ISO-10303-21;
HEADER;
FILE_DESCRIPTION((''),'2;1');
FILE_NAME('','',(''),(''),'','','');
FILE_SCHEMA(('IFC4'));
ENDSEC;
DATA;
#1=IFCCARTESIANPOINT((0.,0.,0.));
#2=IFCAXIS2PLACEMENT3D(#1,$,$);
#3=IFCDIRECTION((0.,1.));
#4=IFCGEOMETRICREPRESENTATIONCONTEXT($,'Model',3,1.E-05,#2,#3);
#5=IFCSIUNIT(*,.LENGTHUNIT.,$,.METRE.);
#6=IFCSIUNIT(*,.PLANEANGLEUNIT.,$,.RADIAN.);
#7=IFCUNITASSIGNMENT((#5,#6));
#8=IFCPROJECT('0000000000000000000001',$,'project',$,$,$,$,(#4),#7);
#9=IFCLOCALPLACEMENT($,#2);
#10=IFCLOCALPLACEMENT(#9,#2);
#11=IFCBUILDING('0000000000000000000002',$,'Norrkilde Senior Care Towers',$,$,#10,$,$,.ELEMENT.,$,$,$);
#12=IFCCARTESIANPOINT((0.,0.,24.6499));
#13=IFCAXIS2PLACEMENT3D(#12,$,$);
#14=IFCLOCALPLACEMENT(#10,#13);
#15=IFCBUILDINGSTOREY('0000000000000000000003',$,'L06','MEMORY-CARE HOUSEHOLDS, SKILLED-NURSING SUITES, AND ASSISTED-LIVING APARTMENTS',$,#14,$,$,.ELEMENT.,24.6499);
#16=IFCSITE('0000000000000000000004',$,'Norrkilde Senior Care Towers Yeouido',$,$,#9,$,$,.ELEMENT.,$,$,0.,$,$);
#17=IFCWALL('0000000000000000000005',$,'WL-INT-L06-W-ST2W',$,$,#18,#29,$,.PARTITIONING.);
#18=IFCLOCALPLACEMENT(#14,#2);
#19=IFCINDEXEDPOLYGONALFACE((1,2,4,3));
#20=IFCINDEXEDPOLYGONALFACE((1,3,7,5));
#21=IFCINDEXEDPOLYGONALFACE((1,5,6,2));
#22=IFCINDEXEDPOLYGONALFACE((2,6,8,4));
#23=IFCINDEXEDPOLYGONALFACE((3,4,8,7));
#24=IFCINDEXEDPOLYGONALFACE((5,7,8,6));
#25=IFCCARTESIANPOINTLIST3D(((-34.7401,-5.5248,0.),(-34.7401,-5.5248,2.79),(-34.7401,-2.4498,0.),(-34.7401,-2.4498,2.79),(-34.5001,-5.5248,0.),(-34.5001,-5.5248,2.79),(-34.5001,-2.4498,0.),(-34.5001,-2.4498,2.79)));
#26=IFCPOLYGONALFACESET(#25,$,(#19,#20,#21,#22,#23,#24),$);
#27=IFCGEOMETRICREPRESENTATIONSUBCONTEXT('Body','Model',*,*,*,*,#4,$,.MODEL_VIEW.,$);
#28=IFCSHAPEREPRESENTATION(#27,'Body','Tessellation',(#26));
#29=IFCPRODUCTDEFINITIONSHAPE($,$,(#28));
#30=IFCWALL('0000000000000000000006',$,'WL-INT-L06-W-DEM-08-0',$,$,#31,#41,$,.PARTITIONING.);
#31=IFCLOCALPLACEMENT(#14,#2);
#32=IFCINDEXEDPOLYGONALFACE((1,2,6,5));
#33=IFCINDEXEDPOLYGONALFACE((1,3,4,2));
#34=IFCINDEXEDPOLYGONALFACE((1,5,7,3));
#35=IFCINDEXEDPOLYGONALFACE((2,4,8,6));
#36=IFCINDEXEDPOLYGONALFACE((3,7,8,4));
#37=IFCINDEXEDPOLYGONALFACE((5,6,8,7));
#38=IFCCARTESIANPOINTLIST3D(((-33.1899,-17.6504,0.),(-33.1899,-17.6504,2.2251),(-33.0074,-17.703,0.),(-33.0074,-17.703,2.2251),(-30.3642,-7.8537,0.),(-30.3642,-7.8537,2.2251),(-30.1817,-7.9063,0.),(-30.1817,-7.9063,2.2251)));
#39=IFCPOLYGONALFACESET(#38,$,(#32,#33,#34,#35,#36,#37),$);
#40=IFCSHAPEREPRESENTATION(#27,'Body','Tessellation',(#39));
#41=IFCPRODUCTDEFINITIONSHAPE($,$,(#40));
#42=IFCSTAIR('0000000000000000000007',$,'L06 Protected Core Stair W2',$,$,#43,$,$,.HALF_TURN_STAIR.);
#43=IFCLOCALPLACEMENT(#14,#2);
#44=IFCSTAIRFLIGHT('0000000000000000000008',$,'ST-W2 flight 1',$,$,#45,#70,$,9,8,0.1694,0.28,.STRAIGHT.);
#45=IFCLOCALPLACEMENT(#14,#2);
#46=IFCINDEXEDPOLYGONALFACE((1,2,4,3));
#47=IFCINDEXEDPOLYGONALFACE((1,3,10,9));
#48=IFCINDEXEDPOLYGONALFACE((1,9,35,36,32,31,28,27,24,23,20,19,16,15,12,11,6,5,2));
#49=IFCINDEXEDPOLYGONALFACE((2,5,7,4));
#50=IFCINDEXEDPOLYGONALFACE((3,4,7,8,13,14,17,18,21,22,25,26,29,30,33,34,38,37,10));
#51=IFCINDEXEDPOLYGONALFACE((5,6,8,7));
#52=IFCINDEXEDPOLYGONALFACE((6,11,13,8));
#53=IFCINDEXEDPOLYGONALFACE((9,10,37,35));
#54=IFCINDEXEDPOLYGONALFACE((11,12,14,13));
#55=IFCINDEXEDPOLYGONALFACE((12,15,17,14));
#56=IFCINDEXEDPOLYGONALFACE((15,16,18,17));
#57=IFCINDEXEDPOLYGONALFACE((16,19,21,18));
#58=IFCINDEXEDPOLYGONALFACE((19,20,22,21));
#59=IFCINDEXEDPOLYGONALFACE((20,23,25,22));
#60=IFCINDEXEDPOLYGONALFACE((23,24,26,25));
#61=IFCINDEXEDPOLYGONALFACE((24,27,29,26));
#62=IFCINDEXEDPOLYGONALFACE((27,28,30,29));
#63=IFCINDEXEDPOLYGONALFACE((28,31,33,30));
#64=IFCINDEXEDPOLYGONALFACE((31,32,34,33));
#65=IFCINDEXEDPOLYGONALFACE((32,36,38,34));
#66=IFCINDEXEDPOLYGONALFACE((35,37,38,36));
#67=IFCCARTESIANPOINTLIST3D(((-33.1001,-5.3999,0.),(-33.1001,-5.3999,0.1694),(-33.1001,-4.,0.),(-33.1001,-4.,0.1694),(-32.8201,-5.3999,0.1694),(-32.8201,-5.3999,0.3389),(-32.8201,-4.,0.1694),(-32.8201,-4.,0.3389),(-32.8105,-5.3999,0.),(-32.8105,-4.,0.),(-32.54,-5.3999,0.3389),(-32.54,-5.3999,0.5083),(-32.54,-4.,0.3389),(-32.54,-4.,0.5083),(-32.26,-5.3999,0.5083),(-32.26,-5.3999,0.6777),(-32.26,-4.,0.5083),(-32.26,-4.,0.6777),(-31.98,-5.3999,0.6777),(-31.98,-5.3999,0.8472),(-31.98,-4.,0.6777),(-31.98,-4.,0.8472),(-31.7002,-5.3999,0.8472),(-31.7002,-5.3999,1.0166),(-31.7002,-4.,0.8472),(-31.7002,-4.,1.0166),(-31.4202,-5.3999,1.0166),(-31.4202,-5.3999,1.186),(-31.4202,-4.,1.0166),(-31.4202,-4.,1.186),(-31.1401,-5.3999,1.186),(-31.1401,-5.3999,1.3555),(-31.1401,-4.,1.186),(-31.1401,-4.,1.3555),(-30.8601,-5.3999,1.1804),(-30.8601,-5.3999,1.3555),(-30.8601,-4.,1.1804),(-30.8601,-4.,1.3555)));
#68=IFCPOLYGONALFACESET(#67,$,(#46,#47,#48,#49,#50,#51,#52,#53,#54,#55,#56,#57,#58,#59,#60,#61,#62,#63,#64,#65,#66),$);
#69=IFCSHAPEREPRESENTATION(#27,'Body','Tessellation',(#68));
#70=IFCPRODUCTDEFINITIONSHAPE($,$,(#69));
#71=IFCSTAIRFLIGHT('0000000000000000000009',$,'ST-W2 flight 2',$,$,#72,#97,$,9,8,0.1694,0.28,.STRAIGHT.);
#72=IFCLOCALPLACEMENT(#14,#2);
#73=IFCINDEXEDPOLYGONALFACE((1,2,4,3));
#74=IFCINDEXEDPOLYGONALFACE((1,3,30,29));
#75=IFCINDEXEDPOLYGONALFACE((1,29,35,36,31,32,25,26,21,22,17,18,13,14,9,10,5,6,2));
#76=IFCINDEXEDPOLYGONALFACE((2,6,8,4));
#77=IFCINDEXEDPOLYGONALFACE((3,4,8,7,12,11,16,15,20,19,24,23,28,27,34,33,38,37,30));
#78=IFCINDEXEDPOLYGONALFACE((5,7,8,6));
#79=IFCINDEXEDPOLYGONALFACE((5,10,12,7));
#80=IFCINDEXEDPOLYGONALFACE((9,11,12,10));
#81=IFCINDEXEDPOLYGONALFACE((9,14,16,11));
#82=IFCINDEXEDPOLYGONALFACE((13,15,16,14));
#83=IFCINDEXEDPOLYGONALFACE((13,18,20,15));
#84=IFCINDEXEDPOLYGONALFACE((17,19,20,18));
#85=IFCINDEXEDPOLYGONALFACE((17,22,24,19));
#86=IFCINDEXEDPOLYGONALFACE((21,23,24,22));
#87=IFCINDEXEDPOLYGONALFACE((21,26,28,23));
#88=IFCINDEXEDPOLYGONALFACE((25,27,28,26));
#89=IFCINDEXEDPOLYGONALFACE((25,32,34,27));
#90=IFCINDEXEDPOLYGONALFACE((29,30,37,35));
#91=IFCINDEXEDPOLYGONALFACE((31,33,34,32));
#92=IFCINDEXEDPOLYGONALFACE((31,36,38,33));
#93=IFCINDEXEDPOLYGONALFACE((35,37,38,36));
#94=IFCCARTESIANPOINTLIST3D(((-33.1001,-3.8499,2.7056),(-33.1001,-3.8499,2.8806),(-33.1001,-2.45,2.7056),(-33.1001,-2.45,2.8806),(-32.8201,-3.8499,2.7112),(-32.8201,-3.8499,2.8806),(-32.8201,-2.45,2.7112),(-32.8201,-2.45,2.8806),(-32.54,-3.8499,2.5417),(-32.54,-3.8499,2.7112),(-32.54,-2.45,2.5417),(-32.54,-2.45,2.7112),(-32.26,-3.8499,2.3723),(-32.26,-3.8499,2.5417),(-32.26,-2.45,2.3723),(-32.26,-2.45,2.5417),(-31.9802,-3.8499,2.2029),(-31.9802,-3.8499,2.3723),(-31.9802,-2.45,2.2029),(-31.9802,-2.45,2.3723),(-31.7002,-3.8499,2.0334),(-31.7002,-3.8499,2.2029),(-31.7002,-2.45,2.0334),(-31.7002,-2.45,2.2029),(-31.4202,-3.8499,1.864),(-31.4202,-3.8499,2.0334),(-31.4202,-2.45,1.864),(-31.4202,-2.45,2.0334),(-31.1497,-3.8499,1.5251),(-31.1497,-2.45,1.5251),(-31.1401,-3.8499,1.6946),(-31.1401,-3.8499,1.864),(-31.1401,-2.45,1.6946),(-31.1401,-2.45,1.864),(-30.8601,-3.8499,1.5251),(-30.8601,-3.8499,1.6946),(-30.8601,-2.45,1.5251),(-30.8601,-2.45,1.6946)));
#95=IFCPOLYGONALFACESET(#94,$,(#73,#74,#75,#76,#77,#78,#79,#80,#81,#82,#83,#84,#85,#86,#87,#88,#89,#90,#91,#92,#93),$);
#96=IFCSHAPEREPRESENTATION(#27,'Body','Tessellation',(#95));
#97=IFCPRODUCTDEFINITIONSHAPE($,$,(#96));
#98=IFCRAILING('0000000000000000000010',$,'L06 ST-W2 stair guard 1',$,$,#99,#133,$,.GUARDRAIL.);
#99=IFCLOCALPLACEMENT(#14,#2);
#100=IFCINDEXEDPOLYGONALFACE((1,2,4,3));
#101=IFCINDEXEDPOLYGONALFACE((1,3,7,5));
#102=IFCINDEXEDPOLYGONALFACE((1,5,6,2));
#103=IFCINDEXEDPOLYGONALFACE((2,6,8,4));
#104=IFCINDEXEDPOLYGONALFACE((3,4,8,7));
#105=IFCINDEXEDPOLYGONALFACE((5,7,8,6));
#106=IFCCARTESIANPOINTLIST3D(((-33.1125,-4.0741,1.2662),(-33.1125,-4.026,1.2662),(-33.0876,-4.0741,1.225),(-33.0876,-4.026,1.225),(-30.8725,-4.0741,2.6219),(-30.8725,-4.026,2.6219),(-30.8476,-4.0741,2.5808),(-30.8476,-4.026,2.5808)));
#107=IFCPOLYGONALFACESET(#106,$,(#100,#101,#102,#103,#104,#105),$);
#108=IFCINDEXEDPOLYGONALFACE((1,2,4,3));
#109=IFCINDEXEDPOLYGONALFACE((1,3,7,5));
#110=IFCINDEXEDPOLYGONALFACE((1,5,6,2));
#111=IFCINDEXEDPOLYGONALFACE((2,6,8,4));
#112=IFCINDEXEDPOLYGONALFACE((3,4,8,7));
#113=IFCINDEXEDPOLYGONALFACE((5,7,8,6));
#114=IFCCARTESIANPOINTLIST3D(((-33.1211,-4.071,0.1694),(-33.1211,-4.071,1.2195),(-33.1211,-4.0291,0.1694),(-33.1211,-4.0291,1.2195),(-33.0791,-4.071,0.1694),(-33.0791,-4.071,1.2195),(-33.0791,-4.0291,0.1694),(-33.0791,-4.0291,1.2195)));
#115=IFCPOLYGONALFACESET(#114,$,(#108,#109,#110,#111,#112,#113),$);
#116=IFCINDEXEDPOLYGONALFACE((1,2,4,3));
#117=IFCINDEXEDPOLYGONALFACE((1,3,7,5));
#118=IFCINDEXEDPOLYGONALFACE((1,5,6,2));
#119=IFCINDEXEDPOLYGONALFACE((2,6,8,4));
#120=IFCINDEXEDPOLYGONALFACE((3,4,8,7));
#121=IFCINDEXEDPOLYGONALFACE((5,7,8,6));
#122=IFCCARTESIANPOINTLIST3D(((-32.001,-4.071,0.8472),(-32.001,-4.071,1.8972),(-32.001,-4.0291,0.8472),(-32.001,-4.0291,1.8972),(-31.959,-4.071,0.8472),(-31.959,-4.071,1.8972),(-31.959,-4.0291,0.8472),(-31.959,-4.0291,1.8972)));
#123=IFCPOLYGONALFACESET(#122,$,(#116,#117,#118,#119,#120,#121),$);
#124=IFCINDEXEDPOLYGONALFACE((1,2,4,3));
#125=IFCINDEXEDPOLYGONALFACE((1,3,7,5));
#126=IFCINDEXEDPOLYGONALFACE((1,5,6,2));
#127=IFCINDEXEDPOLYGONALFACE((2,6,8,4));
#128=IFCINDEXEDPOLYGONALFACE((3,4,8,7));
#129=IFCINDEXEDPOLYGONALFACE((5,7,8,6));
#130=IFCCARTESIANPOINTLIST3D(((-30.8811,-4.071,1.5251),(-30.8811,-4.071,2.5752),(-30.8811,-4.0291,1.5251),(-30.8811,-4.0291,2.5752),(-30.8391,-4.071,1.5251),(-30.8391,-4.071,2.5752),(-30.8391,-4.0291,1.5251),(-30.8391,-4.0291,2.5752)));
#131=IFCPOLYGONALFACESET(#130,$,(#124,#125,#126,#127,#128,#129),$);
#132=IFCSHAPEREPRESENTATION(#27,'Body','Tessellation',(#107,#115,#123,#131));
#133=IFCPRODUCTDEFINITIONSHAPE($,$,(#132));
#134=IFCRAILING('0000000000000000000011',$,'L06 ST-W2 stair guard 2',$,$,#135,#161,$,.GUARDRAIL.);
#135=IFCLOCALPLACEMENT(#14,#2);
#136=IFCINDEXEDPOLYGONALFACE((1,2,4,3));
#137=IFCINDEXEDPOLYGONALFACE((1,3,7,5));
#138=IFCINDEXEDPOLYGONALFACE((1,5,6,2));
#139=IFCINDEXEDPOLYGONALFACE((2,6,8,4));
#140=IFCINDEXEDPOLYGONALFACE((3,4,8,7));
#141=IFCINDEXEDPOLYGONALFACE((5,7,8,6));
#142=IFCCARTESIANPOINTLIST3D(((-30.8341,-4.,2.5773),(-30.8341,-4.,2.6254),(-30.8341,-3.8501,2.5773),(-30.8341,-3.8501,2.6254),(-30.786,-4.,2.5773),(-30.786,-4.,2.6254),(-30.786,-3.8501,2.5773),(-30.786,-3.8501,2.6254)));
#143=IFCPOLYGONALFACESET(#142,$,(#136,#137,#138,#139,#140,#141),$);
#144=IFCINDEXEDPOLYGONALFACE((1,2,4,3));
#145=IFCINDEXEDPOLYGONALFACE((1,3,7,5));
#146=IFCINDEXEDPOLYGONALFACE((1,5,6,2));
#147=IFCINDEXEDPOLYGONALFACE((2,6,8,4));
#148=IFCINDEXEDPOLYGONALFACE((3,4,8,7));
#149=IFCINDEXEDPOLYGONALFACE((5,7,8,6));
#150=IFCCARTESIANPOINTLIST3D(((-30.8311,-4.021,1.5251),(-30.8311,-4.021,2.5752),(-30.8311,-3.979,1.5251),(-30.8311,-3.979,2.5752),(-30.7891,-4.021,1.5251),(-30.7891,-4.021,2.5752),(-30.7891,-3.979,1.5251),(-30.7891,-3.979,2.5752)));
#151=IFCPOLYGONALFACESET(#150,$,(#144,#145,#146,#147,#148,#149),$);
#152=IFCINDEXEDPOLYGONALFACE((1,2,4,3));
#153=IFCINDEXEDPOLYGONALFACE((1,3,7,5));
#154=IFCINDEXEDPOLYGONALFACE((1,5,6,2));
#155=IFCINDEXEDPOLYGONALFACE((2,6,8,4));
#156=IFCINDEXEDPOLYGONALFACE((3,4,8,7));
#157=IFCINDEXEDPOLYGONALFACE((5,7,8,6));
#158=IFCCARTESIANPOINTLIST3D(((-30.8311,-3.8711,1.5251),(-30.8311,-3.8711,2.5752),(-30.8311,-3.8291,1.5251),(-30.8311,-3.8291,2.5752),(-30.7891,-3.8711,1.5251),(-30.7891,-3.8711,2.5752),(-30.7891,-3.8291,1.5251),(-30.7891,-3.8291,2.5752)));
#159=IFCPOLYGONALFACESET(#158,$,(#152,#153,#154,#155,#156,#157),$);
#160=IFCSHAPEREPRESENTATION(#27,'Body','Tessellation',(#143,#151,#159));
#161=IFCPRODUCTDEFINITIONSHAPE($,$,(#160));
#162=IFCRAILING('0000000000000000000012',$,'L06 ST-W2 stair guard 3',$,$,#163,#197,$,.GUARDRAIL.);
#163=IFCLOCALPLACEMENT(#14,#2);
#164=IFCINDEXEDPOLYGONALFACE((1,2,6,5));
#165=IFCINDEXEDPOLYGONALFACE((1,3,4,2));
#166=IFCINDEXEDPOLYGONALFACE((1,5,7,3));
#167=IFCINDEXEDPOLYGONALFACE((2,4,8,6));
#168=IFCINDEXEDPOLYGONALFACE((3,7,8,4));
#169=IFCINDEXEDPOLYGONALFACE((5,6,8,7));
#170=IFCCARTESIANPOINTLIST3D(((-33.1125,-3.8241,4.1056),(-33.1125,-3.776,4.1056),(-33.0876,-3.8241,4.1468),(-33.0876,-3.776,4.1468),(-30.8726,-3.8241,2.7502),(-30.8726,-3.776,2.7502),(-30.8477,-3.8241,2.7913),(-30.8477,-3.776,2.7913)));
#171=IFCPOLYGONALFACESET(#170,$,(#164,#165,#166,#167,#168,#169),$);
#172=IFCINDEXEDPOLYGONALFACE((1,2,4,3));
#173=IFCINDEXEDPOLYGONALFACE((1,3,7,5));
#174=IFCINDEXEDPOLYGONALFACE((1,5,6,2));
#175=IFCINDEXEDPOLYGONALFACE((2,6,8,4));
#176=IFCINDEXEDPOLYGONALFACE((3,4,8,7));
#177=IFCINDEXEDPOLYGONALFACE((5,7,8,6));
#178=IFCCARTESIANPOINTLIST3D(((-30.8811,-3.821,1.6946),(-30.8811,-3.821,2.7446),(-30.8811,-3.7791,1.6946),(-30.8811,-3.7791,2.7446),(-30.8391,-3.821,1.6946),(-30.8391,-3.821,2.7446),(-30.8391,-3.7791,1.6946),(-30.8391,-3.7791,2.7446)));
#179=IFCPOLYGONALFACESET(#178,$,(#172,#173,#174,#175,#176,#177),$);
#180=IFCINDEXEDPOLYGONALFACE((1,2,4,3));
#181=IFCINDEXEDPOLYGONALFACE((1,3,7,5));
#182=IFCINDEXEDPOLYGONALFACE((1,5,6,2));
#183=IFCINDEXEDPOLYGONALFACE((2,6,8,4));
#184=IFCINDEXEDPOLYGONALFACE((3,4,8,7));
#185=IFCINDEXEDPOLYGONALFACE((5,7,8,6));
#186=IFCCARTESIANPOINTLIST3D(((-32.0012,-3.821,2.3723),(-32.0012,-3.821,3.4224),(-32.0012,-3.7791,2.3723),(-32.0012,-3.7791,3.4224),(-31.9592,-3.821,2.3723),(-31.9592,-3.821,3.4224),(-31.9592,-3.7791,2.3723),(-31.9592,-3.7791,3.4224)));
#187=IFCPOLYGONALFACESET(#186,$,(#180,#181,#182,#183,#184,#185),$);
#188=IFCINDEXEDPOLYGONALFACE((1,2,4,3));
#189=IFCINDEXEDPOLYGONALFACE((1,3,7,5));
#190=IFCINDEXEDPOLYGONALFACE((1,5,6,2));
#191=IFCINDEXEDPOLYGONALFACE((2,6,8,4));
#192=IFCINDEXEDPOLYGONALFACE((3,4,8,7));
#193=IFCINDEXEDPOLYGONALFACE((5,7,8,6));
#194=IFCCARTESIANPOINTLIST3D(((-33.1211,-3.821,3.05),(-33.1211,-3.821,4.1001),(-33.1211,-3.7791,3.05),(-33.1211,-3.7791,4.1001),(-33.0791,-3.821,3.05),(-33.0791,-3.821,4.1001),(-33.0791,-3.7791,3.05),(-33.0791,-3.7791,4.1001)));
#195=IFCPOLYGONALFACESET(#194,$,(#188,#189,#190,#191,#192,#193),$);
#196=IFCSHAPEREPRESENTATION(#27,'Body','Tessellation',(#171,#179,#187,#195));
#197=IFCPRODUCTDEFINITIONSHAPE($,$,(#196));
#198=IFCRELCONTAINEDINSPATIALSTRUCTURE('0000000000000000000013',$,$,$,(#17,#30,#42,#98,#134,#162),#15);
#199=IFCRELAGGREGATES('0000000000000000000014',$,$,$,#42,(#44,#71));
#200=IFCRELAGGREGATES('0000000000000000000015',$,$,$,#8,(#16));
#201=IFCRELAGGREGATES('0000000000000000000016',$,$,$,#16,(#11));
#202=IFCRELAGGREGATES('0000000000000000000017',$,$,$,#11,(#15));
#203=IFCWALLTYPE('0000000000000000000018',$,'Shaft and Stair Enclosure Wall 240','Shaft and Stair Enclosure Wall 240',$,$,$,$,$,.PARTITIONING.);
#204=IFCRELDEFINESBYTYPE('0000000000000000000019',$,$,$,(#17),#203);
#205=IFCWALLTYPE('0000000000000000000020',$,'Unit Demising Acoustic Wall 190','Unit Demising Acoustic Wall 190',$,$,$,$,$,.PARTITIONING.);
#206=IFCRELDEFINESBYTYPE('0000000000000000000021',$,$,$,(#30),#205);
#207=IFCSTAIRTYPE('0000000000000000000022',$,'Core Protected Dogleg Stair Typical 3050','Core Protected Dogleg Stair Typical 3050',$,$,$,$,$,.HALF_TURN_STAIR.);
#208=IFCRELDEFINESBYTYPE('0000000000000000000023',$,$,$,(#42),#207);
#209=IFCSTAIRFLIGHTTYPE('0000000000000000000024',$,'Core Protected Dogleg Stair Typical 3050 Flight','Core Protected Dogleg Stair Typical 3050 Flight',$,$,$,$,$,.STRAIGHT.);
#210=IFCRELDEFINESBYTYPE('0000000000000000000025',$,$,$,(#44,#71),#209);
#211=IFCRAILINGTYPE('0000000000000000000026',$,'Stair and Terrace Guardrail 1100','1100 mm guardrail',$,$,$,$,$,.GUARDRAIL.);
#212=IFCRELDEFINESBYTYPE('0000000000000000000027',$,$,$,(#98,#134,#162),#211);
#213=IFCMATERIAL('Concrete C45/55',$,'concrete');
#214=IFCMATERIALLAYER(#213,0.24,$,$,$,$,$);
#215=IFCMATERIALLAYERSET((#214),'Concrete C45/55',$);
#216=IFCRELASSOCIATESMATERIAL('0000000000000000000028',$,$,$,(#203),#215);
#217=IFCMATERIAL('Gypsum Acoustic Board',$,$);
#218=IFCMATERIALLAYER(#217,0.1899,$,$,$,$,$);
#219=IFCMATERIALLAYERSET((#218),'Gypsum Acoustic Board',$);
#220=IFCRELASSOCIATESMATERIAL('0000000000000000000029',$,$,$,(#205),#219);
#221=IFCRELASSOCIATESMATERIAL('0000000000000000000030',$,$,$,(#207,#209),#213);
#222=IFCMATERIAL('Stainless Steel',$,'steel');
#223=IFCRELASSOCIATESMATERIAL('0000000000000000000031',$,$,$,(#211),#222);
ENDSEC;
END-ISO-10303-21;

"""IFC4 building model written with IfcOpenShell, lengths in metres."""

from ifc_helpers import new_model, si_unit, direction, frame, frame_2d, origin, origin_2d, place, context, subcontext, project, spatial, polyline, rectangle, outline, extrude, source, transform, mapped, material, layer, layer_set, type_object, type_shapes, element, aggregate, save


model = new_model("IFC4")

# Units and contexts
model_context = context("Model", 3, precision=1e-05, world=origin(), true_north=direction((0.0, 1.0)))
body_context = subcontext(model_context, "Body", "Model", "MODEL_VIEW")
ifc_project = project(units=[si_unit("LENGTHUNIT", "METRE"), si_unit("PLANEANGLEUNIT", "RADIAN")], contexts=[model_context])

# Site, building, storey
site_placement = place(None, origin())
site = spatial("IfcSite", under=ifc_project, at=site_placement, Name="Norrkilde Senior Care Towers Yeouido", CompositionType="ELEMENT", RefElevation=0.0)
building_placement = place(site_placement, origin())
building = spatial("IfcBuilding", under=site, at=building_placement, Name="Norrkilde Senior Care Towers", CompositionType="ELEMENT")
storey_placement = place(building_placement, frame((0.0, 0.0, 24.6499)))
storey = spatial("IfcBuildingStorey", under=building, at=storey_placement, Name="L06", Description="MEMORY-CARE HOUSEHOLDS, SKILLED-NURSING SUITES, AND ASSISTED-LIVING APARTMENTS", CompositionType="ELEMENT", Elevation=24.6499)

# Shared definitions
ifc_material_1 = material(Name="Concrete C45/55", Category="concrete")
ifc_layer_1 = layer(ifc_material_1, 0.24)
ifc_layer_set_1 = layer_set([ifc_layer_1], Name="Concrete C45/55")
wall_type_1 = type_object("IfcWallType", Name="Shaft and Stair Enclosure Wall 240", Description="Shaft and Stair Enclosure Wall 240", PredefinedType="PARTITIONING", material=ifc_layer_set_1)

# Walls
shared_shape_1 = source(origin(), body_context, "Body", "SweptSolid", [
    extrude(rectangle(XDim=3.075, YDim=0.24, at=frame_2d((1.5376, 0.0))), origin(), (0.0, 0.0, 1.0), 2.79),
])
wall_1_placement = place(storey_placement, frame((-34.6201, -5.5249, 0.0), z_axis=(0.0, 0.0, 1.0), x_axis=(0.0, 1.0, 0.0)))
element("IfcWall", 1, at=wall_1_placement, inside=storey, type_object=wall_type_1, Name="WL-INT-L06-W-ST2W", PredefinedType="PARTITIONING", context=body_context, shape_type="MappedRepresentation", body=[
    mapped(shared_shape_1, transform((0.0, 0.0, 0.0), x_axis=(1.0, 0.0, 0.0), y_axis=(0.0, 1.0, 0.0), z_axis=(0.0, 0.0, 1.0), scale=1.0)),
])
ifc_material_2 = material(Name="Gypsum Acoustic Board")
ifc_layer_2 = layer(ifc_material_2, 0.1899)
ifc_layer_set_2 = layer_set([ifc_layer_2], Name="Gypsum Acoustic Board")
wall_type_2 = type_object("IfcWallType", Name="Unit Demising Acoustic Wall 190", Description="Unit Demising Acoustic Wall 190", PredefinedType="PARTITIONING", material=ifc_layer_set_2)
shared_shape_2 = source(origin(), body_context, "Body", "SweptSolid", [
    extrude(rectangle(XDim=10.196, YDim=0.1899, at=frame_2d((5.0981, 0.0))), origin(), (0.0, 0.0, 1.0), 2.2251),
])
type_shapes(wall_type_2, [shared_shape_2])
wall_2_placement = place(storey_placement, frame((-30.2729, -7.8799, 0.0), z_axis=(0.0, 0.0, 1.0), x_axis=(-0.277136, -0.960831, 0.0)))
element("IfcWall", 2, at=wall_2_placement, inside=storey, type_object=wall_type_2, Name="WL-INT-L06-W-DEM-08-0", PredefinedType="PARTITIONING", context=body_context, shape_type="MappedRepresentation", body=[
    mapped(shared_shape_2, transform((0.0, 0.0, 0.0), x_axis=(1.0, 0.0, 0.0), y_axis=(0.0, 1.0, 0.0), z_axis=(0.0, 0.0, 1.0), scale=1.0)),
])

# Stair, stair flights
stair_type = type_object("IfcStairType", Name="Core Protected Dogleg Stair Typical 3050", Description="Core Protected Dogleg Stair Typical 3050", PredefinedType="HALF_TURN_STAIR", material=ifc_material_1)
stair_placement = place(storey_placement, origin())
stair = element("IfcStair", 3, at=stair_placement, inside=storey, type_object=stair_type, Name="L06 Protected Core Stair W2", PredefinedType="HALF_TURN_STAIR")
stair_flight_type = type_object("IfcStairFlightType", Name="Core Protected Dogleg Stair Typical 3050 Flight", Description="Core Protected Dogleg Stair Typical 3050 Flight", PredefinedType="STRAIGHT", material=ifc_material_1)
stair_flight_1_placement = place(storey_placement, frame((-33.1001, -4.7, 0.0), z_axis=(0.0, 0.0, 1.0), x_axis=(1.0, 0.0, 0.0)))
stair_flight_1 = element("IfcStairFlight", 4, at=stair_flight_1_placement, type_object=stair_flight_type, Name="ST-W2 flight 1", NumberOfRisers=9, NumberOfTreads=8, PredefinedType="STRAIGHT", RiserHeight=0.1694, TreadLength=0.28, context=body_context, shape_type="SweptSolid", body=[
    extrude(outline(polyline([(0.0, 0.0), (0.0, 0.1694), (0.28, 0.1694), (0.28, 0.3389), (0.5601, 0.3389), (0.5601, 0.5083), (0.8401, 0.5083), (0.8401, 0.6777), (1.1201, 0.6777), (1.1201, 0.8472), (1.3999, 0.8472), (1.3999, 1.0166), (1.6799, 1.0166), (1.6799, 1.186), (1.96, 1.186), (1.96, 1.3555), (2.24, 1.3555), (2.24, 1.5249), (2.24, 1.1804), (0.2896, 0.0), (0.0, 0.0)])), frame((0.0, 0.7, 0.0), z_axis=(0.0, -1.0, 0.0), x_axis=(1.0, 0.0, 0.0)), (0.0, 0.0, 1.0), 1.3999),
])
stair_flight_2_placement = place(storey_placement, frame((-30.8601, -3.1499, 1.5251), z_axis=(0.0, 0.0, 1.0), x_axis=(-1.0, 0.0, 0.0)))
stair_flight_2 = element("IfcStairFlight", 5, at=stair_flight_2_placement, type_object=stair_flight_type, Name="ST-W2 flight 2", NumberOfRisers=9, NumberOfTreads=8, PredefinedType="STRAIGHT", RiserHeight=0.1694, TreadLength=0.28, context=body_context, shape_type="SweptSolid", body=[
    extrude(outline(polyline([(0.0, 0.0), (0.0, 0.1694), (0.28, 0.1694), (0.28, 0.3389), (0.5601, 0.3389), (0.5601, 0.5083), (0.8401, 0.5083), (0.8401, 0.6777), (1.1201, 0.6777), (1.1201, 0.8472), (1.3999, 0.8472), (1.3999, 1.0166), (1.6799, 1.0166), (1.6799, 1.186), (1.96, 1.186), (1.96, 1.3555), (2.24, 1.3555), (2.24, 1.5249), (2.24, 1.1804), (0.2896, 0.0), (0.0, 0.0)])), frame((0.0, 0.7, 0.0), z_axis=(0.0, -1.0, 0.0), x_axis=(1.0, 0.0, 0.0)), (0.0, 0.0, 1.0), 1.3999),
])
aggregate(stair, [stair_flight_1, stair_flight_2])

# Railings
ifc_material_3 = material(Name="Stainless Steel", Category="steel")
railing_type_1 = type_object("IfcRailingType", Name="Stair and Terrace Guardrail 1100", Description="1100 mm guardrail", PredefinedType="GUARDRAIL", material=ifc_material_3)
railing_1_placement = place(storey_placement, frame((-33.1001, -4.05, 0.1694)))
element("IfcRailing", 6, at=railing_1_placement, inside=storey, type_object=railing_type_1, Name="L06 ST-W2 stair guard 1", PredefinedType="GUARDRAIL", context=body_context, shape_type="SweptSolid", body=[
    extrude(rectangle(XDim=0.0481, YDim=0.0481, at=origin_2d()), frame((0.0, 0.0, 1.0762), z_axis=(0.855512, 0.0, 0.517783), x_axis=(0.0, 1.0, 0.0)), (0.0, 0.0, 1.0), 2.6184),
    extrude(rectangle(XDim=0.042, YDim=0.042, at=origin_2d()), origin(), (0.0, 0.0, 1.0), 1.05),
    extrude(rectangle(XDim=0.042, YDim=0.042, at=origin_2d()), frame((1.1201, 0.0, 0.6777)), (0.0, 0.0, 1.0), 1.05),
    extrude(rectangle(XDim=0.042, YDim=0.042, at=origin_2d()), frame((2.24, 0.0, 1.3557)), (0.0, 0.0, 1.0), 1.05),
])
railing_2_placement = place(storey_placement, frame((-30.8101, -4.0, 1.5251)))
element("IfcRailing", 7, at=railing_2_placement, inside=storey, type_object=railing_type_1, Name="L06 ST-W2 stair guard 2", PredefinedType="GUARDRAIL", context=body_context, shape_type="SweptSolid", body=[
    extrude(rectangle(XDim=0.0481, YDim=0.0481, at=origin_2d()), frame((0.0, 0.0, 1.0762), z_axis=(0.0, 1.0, 0.0), x_axis=(-1.0, 0.0, 0.0)), (0.0, 0.0, 1.0), 0.1499),
    extrude(rectangle(XDim=0.042, YDim=0.042, at=origin_2d()), origin(), (0.0, 0.0, 1.0), 1.05),
    extrude(rectangle(XDim=0.042, YDim=0.042, at=origin_2d()), frame((0.0, 0.1499, 0.0)), (0.0, 0.0, 1.0), 1.05),
])
railing_3_placement = place(storey_placement, frame((-30.8601, -3.8, 1.6946)))
element("IfcRailing", 8, at=railing_3_placement, inside=storey, type_object=railing_type_1, Name="L06 ST-W2 stair guard 3", PredefinedType="GUARDRAIL", context=body_context, shape_type="SweptSolid", body=[
    extrude(rectangle(XDim=0.0481, YDim=0.0481, at=origin_2d()), frame((0.0, 0.0, 1.0762), z_axis=(-0.855553, 0.0, 0.517715), x_axis=(0.0, -1.0, 0.0)), (0.0, 0.0, 1.0), 2.6182),
    extrude(rectangle(XDim=0.042, YDim=0.042, at=origin_2d()), origin(), (0.0, 0.0, 1.0), 1.05),
    extrude(rectangle(XDim=0.042, YDim=0.042, at=origin_2d()), frame((-1.1201, 0.0, 0.6777)), (0.0, 0.0, 1.0), 1.05),
    extrude(rectangle(XDim=0.042, YDim=0.042, at=origin_2d()), frame((-2.24, 0.0, 1.3555)), (0.0, 0.0, 1.0), 1.05),
])

save(model, "model.ifc")
